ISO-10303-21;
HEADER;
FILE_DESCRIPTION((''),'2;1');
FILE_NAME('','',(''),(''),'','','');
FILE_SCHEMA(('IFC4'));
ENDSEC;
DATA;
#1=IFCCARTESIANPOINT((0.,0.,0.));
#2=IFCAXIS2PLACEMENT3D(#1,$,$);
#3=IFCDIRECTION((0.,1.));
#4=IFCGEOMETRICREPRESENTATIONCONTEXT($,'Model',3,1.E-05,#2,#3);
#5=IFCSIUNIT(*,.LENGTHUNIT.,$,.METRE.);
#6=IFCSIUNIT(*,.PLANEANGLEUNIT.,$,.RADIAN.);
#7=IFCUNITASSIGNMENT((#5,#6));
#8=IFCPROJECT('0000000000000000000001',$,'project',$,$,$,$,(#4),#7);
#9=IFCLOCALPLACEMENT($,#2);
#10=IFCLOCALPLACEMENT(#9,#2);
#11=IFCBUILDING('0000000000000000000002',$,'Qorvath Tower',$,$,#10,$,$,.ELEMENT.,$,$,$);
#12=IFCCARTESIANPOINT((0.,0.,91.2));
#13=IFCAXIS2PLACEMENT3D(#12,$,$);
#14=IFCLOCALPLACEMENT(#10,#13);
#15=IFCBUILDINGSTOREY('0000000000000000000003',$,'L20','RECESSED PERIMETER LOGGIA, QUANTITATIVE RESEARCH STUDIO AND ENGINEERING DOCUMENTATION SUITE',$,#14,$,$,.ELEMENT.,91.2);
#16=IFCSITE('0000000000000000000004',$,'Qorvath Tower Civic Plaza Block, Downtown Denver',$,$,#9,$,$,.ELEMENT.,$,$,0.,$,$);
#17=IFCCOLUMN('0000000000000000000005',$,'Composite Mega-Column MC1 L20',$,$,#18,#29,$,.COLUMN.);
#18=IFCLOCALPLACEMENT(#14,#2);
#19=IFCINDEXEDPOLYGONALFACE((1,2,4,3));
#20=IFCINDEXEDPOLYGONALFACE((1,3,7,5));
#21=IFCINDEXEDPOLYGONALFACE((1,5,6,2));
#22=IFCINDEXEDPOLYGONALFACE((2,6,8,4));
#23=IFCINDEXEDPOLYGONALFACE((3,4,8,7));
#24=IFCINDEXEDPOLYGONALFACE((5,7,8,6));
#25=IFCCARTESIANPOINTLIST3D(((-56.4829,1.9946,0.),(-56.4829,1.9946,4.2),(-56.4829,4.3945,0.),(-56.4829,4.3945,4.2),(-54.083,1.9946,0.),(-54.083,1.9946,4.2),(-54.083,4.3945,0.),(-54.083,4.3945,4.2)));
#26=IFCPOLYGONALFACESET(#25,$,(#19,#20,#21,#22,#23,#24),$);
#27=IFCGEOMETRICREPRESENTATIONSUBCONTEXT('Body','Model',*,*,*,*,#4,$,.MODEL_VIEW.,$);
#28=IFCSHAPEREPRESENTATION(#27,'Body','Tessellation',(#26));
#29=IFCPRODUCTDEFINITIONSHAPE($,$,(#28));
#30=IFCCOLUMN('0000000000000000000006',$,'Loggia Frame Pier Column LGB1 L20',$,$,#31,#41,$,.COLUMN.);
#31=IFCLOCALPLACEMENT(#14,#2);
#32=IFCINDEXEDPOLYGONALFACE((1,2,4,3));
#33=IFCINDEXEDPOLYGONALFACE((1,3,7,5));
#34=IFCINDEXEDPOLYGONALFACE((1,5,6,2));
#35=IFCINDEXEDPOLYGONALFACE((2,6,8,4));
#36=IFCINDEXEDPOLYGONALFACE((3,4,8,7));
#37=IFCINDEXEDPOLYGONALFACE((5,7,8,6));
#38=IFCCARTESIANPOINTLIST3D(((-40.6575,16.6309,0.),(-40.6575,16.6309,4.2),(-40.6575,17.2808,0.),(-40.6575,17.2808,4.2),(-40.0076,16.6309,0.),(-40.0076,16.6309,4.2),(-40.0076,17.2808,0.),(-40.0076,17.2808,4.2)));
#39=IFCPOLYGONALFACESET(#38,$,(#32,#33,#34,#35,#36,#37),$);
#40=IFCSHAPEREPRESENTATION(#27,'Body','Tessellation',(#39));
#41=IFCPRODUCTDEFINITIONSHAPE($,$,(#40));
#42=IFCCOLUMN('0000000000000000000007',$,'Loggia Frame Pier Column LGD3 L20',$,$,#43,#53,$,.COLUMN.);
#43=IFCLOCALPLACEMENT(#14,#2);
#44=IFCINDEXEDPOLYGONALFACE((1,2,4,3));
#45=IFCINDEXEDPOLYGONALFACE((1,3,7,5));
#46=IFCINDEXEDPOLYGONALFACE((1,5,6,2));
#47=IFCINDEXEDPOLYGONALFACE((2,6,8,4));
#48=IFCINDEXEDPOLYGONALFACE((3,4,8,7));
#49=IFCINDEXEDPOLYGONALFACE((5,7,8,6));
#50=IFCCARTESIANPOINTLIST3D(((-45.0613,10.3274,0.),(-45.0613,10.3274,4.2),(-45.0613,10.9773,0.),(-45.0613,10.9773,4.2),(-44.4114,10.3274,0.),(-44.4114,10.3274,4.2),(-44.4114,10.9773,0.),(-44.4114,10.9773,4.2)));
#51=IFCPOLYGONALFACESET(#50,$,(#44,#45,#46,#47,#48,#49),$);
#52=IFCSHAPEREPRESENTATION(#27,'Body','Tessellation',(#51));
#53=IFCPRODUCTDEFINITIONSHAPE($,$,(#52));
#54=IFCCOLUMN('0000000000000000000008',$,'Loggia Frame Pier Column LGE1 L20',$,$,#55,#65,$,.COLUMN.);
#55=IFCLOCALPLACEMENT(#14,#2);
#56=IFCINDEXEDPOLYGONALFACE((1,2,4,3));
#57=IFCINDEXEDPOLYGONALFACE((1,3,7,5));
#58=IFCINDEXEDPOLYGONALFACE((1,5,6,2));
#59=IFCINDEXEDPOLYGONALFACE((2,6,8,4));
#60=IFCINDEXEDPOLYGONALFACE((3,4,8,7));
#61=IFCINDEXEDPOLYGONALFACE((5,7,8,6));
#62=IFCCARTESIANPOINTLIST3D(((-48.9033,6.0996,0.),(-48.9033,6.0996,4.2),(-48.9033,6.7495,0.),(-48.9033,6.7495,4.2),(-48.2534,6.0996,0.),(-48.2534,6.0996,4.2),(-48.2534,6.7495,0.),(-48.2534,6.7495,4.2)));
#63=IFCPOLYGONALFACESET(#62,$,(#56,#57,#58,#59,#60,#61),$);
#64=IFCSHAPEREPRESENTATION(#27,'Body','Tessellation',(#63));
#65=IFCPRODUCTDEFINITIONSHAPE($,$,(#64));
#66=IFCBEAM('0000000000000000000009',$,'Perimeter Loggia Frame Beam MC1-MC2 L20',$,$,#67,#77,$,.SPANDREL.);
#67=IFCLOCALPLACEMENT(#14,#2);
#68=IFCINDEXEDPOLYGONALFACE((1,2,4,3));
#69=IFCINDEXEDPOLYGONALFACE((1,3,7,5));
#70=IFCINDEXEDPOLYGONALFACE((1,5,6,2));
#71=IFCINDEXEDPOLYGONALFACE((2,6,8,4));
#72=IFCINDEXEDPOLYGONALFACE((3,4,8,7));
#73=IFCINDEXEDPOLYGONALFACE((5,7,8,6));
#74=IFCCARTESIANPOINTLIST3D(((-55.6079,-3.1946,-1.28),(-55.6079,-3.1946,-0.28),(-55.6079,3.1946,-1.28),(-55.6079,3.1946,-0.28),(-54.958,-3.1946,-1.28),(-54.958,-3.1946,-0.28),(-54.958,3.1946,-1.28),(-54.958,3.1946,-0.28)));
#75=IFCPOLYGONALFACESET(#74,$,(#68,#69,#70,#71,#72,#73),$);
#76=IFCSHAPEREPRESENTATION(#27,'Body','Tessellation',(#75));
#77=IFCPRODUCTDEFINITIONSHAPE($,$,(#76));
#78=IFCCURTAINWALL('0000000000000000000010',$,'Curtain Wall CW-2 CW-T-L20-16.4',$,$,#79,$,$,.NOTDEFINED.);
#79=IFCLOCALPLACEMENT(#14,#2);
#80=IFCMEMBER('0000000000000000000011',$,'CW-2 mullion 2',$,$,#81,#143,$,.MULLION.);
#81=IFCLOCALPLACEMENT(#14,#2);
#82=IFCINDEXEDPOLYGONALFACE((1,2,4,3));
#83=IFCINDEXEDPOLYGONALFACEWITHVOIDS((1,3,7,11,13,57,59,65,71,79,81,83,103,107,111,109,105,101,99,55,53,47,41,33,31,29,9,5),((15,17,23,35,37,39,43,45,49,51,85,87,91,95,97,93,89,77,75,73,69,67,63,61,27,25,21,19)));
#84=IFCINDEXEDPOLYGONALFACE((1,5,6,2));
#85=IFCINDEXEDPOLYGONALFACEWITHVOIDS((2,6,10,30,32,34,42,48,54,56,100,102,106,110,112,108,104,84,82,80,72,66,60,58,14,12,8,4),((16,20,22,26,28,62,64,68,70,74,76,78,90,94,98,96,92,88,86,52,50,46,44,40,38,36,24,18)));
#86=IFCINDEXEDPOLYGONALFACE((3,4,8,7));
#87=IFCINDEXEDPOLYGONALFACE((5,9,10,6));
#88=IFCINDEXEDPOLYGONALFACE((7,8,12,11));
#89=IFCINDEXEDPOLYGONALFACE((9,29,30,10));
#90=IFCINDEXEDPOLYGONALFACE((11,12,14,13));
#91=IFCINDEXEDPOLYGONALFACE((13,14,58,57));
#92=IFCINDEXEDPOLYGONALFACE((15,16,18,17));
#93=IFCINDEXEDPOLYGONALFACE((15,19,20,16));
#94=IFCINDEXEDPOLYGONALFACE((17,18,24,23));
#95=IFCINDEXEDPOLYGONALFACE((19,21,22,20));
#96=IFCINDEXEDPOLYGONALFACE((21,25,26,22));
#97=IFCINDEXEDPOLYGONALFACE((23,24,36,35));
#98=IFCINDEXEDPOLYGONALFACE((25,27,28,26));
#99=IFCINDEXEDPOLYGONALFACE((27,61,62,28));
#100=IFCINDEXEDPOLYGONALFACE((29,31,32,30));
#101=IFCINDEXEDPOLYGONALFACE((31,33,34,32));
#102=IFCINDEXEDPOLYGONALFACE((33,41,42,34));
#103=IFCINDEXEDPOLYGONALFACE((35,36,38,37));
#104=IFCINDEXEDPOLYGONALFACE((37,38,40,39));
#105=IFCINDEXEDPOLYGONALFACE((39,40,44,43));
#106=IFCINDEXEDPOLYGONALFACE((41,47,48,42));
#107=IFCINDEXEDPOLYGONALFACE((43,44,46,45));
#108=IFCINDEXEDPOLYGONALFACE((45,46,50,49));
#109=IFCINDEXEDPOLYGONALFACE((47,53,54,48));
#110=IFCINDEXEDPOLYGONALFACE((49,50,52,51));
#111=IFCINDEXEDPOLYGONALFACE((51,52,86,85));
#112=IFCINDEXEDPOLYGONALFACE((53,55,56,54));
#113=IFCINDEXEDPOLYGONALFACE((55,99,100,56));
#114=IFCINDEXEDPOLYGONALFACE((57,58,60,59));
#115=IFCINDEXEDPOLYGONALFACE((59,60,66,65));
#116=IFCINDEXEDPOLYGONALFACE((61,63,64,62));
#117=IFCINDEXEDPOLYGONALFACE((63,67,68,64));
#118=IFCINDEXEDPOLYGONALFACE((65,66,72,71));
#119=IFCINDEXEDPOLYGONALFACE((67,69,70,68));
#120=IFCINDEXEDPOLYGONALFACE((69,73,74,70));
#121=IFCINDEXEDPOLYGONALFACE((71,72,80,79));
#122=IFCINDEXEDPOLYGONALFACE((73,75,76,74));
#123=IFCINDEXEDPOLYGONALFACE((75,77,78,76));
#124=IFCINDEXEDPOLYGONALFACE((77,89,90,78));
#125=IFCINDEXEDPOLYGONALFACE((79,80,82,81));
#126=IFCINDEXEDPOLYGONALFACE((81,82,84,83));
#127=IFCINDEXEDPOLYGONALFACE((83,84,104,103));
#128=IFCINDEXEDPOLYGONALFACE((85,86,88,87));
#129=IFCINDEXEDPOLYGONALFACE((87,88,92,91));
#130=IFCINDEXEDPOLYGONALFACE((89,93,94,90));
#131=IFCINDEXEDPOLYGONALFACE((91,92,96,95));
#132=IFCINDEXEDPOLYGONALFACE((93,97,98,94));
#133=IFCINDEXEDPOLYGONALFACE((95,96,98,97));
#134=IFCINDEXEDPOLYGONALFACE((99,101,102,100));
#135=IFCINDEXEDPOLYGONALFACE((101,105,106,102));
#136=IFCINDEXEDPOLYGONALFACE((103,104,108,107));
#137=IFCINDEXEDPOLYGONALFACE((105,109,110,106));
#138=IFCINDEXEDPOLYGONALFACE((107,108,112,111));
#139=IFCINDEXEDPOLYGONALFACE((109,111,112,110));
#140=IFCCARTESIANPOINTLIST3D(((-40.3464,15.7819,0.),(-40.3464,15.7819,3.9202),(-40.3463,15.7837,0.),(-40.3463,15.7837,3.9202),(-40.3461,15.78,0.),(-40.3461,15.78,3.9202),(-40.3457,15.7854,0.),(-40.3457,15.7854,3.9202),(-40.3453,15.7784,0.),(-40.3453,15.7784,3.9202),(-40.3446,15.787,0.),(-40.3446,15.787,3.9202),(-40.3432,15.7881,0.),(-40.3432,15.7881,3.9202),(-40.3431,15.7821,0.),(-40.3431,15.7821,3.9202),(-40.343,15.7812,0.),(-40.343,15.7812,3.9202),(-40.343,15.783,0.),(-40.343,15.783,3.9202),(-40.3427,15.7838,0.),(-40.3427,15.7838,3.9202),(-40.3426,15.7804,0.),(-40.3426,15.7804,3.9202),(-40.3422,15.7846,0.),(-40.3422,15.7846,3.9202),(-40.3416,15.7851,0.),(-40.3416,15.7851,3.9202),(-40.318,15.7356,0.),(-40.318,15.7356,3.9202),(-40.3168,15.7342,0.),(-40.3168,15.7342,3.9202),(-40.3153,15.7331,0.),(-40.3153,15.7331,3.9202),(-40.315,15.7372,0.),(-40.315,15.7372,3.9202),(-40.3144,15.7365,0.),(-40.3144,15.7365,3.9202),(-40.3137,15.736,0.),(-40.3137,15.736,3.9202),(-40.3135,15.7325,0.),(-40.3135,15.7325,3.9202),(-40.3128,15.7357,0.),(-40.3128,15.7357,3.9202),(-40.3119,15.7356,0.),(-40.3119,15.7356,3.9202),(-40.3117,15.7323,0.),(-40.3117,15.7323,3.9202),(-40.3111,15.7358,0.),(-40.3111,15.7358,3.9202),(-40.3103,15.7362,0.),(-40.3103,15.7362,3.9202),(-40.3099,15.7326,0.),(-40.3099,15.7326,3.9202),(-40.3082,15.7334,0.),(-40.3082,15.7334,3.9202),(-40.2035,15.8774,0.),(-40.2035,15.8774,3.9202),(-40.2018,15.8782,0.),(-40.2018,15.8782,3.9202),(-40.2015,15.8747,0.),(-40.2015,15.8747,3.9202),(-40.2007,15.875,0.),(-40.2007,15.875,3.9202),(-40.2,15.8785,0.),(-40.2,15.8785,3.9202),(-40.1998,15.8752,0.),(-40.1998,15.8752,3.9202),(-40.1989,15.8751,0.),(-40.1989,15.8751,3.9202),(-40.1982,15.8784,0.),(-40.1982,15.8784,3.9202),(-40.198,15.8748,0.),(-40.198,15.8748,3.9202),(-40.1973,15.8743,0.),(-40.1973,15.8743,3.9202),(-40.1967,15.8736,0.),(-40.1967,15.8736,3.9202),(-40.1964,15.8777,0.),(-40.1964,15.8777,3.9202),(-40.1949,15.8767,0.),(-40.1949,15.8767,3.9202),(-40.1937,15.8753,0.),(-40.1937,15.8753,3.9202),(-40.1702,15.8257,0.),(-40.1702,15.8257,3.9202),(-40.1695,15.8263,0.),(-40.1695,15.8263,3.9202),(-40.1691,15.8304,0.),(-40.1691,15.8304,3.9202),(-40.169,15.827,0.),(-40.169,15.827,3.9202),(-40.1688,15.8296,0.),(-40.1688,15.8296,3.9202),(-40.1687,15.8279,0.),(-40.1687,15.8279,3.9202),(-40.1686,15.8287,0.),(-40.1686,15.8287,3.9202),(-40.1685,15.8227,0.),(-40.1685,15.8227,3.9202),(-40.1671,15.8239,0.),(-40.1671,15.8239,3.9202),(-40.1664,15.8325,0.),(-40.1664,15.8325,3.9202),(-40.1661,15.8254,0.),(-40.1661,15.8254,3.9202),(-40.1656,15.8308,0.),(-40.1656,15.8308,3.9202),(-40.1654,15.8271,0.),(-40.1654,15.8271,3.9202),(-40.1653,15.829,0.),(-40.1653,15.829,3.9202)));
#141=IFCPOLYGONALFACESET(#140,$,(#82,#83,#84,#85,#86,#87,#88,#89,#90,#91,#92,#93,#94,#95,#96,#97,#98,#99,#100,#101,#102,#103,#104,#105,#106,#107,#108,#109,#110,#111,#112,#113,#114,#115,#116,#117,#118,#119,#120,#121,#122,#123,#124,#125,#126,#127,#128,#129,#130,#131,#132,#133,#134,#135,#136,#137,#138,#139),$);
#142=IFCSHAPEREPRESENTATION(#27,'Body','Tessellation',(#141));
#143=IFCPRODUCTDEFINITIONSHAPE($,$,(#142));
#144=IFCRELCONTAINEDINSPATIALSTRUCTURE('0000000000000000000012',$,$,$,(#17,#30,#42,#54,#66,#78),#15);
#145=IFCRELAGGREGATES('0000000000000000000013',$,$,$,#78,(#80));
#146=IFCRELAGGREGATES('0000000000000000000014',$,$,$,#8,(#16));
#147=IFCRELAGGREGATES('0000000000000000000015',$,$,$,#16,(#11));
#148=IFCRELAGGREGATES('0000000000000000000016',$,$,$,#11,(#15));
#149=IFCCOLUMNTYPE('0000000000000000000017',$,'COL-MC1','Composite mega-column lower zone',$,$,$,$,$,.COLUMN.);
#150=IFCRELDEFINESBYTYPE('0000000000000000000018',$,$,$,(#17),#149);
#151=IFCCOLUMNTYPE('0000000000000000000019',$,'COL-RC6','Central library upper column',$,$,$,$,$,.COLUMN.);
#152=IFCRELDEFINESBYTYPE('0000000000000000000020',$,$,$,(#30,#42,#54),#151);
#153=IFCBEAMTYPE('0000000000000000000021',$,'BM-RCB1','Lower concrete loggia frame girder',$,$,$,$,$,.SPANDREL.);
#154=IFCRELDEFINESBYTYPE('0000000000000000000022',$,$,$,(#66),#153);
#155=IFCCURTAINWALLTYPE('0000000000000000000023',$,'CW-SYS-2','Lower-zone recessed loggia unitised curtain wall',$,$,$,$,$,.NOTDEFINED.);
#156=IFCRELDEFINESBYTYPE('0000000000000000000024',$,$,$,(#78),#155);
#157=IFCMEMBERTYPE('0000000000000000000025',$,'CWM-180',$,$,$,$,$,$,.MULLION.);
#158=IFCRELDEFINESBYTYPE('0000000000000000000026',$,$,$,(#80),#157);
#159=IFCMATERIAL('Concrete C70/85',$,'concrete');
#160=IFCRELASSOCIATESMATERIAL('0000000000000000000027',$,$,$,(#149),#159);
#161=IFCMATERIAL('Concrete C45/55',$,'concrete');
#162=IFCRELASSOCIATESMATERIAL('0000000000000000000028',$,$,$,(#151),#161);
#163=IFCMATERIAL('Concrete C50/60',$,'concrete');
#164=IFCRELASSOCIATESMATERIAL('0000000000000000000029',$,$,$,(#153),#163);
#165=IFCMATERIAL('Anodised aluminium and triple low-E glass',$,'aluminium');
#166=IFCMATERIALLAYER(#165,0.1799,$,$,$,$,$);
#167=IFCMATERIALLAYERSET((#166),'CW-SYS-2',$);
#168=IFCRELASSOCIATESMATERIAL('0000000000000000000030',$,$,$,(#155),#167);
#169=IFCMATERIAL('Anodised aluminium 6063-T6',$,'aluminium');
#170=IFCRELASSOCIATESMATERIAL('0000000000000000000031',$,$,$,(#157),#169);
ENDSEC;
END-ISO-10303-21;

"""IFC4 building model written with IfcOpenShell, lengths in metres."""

from ifc_helpers import new_model, si_unit, direction, frame, origin, origin_2d, place, context, subcontext, project, spatial, rectangle, hollow_rectangle, extrude, material, layer, layer_set, material_profile, profile_set, type_object, element, aggregate, save


model = new_model("IFC4")

# Units and contexts
model_context = context("Model", 3, precision=1e-05, world=origin(), true_north=direction((0.0, 1.0)))
body_context = subcontext(model_context, "Body", "Model", "MODEL_VIEW")
ifc_project = project(units=[si_unit("LENGTHUNIT", "METRE"), si_unit("PLANEANGLEUNIT", "RADIAN")], contexts=[model_context])

# Site, building, storey
site_placement = place(None, origin())
site = spatial("IfcSite", under=ifc_project, at=site_placement, Name="Qorvath Tower Civic Plaza Block, Downtown Denver", CompositionType="ELEMENT", RefElevation=0.0)
building_placement = place(site_placement, origin())
building = spatial("IfcBuilding", under=site, at=building_placement, Name="Qorvath Tower", CompositionType="ELEMENT")
storey_placement = place(building_placement, frame((0.0, 0.0, 91.2)))
storey = spatial("IfcBuildingStorey", under=building, at=storey_placement, Name="L20", Description="RECESSED PERIMETER LOGGIA, QUANTITATIVE RESEARCH STUDIO AND ENGINEERING DOCUMENTATION SUITE", CompositionType="ELEMENT", Elevation=91.2)

# Columns
ifc_material_1 = material(Name="Concrete C70/85", Category="concrete")
ifc_material_profile_1 = material_profile(ifc_material_1, rectangle(XDim=2.3999, YDim=2.3999, at=origin_2d()), Name="MC 2400x2400")
ifc_profile_set_1 = profile_set([ifc_material_profile_1], Name="Concrete C70/85")
column_type_1 = type_object("IfcColumnType", Name="COL-MC1", Description="Composite mega-column lower zone", PredefinedType="COLUMN", material=ifc_profile_set_1)
column_placement = place(storey_placement, frame((-55.283, 3.1946, 0.0), z_axis=(0.0, 0.0, 1.0), x_axis=(1.0, 0.0, 0.0)))
element("IfcColumn", 1, at=column_placement, inside=storey, type_object=column_type_1, Name="Composite Mega-Column MC1 L20", PredefinedType="COLUMN", context=body_context, shape_type="SweptSolid", body=[
    extrude(rectangle(XDim=2.3999, YDim=2.3999, at=origin_2d()), origin(), (0.0, 0.0, 1.0), 4.2),
])
ifc_material_2 = material(Name="Concrete C45/55", Category="concrete")
ifc_material_profile_2 = material_profile(ifc_material_2, rectangle(XDim=0.6499, YDim=0.6499, at=origin_2d()), Name="RC 650x650")
ifc_profile_set_2 = profile_set([ifc_material_profile_2], Name="Concrete C45/55")
column_type_2 = type_object("IfcColumnType", Name="COL-RC6", Description="Central library upper column", PredefinedType="COLUMN", material=ifc_profile_set_2)
for number, where, z_axis, x_axis, name in (
    (2, (-40.3325, 16.9558, 0.0), (0.0, 0.0, 1.0), (1.0, 0.0, 0.0), "Loggia Frame Pier Column LGB1 L20"),
    (3, (-44.7363, 10.6523, 0.0), (0.0, 0.0, 1.0), (1.0, 0.0, 0.0), "Loggia Frame Pier Column LGD3 L20"),
    (4, (-48.5784, 6.4246, 0.0), (0.0, 0.0, 1.0), (1.0, 0.0, 0.0), "Loggia Frame Pier Column LGE1 L20"),
):
    element("IfcColumn", number, at=place(storey_placement, frame(where, z_axis=z_axis, x_axis=x_axis)), inside=storey, type_object=column_type_2, Name=name, PredefinedType="COLUMN", context=body_context, shape_type="SweptSolid", body=[
        extrude(rectangle(XDim=0.6499, YDim=0.6499, at=origin_2d()), origin(), (0.0, 0.0, 1.0), 4.2),
    ])

# Beam
ifc_material_3 = material(Name="Concrete C50/60", Category="concrete")
ifc_material_profile_3 = material_profile(ifc_material_3, rectangle(XDim=0.6499, YDim=1.0, at=origin_2d()), Name="RCB 1000x650")
ifc_profile_set_3 = profile_set([ifc_material_profile_3], Name="Concrete C50/60")
beam_type = type_object("IfcBeamType", Name="BM-RCB1", Description="Lower concrete loggia frame girder", PredefinedType="SPANDREL", material=ifc_profile_set_3)
beam_placement = place(storey_placement, frame((-55.283, 3.1946, -0.78), z_axis=(0.0, -1.0, 0.0), x_axis=(1.0, 0.0, 0.0)))
element("IfcBeam", 5, at=beam_placement, inside=storey, type_object=beam_type, Name="Perimeter Loggia Frame Beam MC1-MC2 L20", PredefinedType="SPANDREL", context=body_context, shape_type="SweptSolid", body=[
    extrude(rectangle(XDim=0.6499, YDim=1.0, at=origin_2d()), origin(), (0.0, 0.0, 1.0), 6.3892),
])

# Curtain wall, member
ifc_material_4 = material(Name="Anodised aluminium and triple low-E glass", Category="aluminium")
ifc_layer_1 = layer(ifc_material_4, 0.1799)
ifc_layer_set_1 = layer_set([ifc_layer_1], Name="CW-SYS-2")
curtain_wall_type = type_object("IfcCurtainWallType", Name="CW-SYS-2", Description="Lower-zone recessed loggia unitised curtain wall", PredefinedType="NOTDEFINED", material=ifc_layer_set_1)
curtain_wall_placement = place(storey_placement, origin())
curtain_wall = element("IfcCurtainWall", 6, at=curtain_wall_placement, inside=storey, type_object=curtain_wall_type, Name="Curtain Wall CW-2 CW-T-L20-16.4", PredefinedType="NOTDEFINED")
ifc_material_5 = material(Name="Anodised aluminium 6063-T6", Category="aluminium")
ifc_material_profile_4 = material_profile(ifc_material_5, hollow_rectangle(XDim=0.0649, YDim=0.1799, WallThickness=0.0034, InnerFilletRadius=0.0034, OuterFilletRadius=0.0071, at=origin_2d()), Name="CWM 180x65")
ifc_profile_set_4 = profile_set([ifc_material_profile_4], Name="Anodised aluminium 6063-T6")
member_type_1 = type_object("IfcMemberType", Name="CWM-180", PredefinedType="MULLION", material=ifc_profile_set_4)
member_1_placement = place(storey_placement, frame((-40.2559, 15.8054, 0.0), z_axis=(0.0, 0.0, 1.0), x_axis=(0.538529, -0.842607, 0.0)))
member_1 = element("IfcMember", 7, at=member_1_placement, type_object=member_type_1, Name="CW-2 mullion 2", PredefinedType="MULLION", context=body_context, shape_type="SweptSolid", body=[
    extrude(hollow_rectangle(XDim=0.0649, YDim=0.1799, WallThickness=0.0034, InnerFilletRadius=0.0034, OuterFilletRadius=0.0071, at=origin_2d()), origin(), (0.0, 0.0, 1.0), 3.9202),
])
aggregate(curtain_wall, [member_1])

save(model, "model.ifc")
